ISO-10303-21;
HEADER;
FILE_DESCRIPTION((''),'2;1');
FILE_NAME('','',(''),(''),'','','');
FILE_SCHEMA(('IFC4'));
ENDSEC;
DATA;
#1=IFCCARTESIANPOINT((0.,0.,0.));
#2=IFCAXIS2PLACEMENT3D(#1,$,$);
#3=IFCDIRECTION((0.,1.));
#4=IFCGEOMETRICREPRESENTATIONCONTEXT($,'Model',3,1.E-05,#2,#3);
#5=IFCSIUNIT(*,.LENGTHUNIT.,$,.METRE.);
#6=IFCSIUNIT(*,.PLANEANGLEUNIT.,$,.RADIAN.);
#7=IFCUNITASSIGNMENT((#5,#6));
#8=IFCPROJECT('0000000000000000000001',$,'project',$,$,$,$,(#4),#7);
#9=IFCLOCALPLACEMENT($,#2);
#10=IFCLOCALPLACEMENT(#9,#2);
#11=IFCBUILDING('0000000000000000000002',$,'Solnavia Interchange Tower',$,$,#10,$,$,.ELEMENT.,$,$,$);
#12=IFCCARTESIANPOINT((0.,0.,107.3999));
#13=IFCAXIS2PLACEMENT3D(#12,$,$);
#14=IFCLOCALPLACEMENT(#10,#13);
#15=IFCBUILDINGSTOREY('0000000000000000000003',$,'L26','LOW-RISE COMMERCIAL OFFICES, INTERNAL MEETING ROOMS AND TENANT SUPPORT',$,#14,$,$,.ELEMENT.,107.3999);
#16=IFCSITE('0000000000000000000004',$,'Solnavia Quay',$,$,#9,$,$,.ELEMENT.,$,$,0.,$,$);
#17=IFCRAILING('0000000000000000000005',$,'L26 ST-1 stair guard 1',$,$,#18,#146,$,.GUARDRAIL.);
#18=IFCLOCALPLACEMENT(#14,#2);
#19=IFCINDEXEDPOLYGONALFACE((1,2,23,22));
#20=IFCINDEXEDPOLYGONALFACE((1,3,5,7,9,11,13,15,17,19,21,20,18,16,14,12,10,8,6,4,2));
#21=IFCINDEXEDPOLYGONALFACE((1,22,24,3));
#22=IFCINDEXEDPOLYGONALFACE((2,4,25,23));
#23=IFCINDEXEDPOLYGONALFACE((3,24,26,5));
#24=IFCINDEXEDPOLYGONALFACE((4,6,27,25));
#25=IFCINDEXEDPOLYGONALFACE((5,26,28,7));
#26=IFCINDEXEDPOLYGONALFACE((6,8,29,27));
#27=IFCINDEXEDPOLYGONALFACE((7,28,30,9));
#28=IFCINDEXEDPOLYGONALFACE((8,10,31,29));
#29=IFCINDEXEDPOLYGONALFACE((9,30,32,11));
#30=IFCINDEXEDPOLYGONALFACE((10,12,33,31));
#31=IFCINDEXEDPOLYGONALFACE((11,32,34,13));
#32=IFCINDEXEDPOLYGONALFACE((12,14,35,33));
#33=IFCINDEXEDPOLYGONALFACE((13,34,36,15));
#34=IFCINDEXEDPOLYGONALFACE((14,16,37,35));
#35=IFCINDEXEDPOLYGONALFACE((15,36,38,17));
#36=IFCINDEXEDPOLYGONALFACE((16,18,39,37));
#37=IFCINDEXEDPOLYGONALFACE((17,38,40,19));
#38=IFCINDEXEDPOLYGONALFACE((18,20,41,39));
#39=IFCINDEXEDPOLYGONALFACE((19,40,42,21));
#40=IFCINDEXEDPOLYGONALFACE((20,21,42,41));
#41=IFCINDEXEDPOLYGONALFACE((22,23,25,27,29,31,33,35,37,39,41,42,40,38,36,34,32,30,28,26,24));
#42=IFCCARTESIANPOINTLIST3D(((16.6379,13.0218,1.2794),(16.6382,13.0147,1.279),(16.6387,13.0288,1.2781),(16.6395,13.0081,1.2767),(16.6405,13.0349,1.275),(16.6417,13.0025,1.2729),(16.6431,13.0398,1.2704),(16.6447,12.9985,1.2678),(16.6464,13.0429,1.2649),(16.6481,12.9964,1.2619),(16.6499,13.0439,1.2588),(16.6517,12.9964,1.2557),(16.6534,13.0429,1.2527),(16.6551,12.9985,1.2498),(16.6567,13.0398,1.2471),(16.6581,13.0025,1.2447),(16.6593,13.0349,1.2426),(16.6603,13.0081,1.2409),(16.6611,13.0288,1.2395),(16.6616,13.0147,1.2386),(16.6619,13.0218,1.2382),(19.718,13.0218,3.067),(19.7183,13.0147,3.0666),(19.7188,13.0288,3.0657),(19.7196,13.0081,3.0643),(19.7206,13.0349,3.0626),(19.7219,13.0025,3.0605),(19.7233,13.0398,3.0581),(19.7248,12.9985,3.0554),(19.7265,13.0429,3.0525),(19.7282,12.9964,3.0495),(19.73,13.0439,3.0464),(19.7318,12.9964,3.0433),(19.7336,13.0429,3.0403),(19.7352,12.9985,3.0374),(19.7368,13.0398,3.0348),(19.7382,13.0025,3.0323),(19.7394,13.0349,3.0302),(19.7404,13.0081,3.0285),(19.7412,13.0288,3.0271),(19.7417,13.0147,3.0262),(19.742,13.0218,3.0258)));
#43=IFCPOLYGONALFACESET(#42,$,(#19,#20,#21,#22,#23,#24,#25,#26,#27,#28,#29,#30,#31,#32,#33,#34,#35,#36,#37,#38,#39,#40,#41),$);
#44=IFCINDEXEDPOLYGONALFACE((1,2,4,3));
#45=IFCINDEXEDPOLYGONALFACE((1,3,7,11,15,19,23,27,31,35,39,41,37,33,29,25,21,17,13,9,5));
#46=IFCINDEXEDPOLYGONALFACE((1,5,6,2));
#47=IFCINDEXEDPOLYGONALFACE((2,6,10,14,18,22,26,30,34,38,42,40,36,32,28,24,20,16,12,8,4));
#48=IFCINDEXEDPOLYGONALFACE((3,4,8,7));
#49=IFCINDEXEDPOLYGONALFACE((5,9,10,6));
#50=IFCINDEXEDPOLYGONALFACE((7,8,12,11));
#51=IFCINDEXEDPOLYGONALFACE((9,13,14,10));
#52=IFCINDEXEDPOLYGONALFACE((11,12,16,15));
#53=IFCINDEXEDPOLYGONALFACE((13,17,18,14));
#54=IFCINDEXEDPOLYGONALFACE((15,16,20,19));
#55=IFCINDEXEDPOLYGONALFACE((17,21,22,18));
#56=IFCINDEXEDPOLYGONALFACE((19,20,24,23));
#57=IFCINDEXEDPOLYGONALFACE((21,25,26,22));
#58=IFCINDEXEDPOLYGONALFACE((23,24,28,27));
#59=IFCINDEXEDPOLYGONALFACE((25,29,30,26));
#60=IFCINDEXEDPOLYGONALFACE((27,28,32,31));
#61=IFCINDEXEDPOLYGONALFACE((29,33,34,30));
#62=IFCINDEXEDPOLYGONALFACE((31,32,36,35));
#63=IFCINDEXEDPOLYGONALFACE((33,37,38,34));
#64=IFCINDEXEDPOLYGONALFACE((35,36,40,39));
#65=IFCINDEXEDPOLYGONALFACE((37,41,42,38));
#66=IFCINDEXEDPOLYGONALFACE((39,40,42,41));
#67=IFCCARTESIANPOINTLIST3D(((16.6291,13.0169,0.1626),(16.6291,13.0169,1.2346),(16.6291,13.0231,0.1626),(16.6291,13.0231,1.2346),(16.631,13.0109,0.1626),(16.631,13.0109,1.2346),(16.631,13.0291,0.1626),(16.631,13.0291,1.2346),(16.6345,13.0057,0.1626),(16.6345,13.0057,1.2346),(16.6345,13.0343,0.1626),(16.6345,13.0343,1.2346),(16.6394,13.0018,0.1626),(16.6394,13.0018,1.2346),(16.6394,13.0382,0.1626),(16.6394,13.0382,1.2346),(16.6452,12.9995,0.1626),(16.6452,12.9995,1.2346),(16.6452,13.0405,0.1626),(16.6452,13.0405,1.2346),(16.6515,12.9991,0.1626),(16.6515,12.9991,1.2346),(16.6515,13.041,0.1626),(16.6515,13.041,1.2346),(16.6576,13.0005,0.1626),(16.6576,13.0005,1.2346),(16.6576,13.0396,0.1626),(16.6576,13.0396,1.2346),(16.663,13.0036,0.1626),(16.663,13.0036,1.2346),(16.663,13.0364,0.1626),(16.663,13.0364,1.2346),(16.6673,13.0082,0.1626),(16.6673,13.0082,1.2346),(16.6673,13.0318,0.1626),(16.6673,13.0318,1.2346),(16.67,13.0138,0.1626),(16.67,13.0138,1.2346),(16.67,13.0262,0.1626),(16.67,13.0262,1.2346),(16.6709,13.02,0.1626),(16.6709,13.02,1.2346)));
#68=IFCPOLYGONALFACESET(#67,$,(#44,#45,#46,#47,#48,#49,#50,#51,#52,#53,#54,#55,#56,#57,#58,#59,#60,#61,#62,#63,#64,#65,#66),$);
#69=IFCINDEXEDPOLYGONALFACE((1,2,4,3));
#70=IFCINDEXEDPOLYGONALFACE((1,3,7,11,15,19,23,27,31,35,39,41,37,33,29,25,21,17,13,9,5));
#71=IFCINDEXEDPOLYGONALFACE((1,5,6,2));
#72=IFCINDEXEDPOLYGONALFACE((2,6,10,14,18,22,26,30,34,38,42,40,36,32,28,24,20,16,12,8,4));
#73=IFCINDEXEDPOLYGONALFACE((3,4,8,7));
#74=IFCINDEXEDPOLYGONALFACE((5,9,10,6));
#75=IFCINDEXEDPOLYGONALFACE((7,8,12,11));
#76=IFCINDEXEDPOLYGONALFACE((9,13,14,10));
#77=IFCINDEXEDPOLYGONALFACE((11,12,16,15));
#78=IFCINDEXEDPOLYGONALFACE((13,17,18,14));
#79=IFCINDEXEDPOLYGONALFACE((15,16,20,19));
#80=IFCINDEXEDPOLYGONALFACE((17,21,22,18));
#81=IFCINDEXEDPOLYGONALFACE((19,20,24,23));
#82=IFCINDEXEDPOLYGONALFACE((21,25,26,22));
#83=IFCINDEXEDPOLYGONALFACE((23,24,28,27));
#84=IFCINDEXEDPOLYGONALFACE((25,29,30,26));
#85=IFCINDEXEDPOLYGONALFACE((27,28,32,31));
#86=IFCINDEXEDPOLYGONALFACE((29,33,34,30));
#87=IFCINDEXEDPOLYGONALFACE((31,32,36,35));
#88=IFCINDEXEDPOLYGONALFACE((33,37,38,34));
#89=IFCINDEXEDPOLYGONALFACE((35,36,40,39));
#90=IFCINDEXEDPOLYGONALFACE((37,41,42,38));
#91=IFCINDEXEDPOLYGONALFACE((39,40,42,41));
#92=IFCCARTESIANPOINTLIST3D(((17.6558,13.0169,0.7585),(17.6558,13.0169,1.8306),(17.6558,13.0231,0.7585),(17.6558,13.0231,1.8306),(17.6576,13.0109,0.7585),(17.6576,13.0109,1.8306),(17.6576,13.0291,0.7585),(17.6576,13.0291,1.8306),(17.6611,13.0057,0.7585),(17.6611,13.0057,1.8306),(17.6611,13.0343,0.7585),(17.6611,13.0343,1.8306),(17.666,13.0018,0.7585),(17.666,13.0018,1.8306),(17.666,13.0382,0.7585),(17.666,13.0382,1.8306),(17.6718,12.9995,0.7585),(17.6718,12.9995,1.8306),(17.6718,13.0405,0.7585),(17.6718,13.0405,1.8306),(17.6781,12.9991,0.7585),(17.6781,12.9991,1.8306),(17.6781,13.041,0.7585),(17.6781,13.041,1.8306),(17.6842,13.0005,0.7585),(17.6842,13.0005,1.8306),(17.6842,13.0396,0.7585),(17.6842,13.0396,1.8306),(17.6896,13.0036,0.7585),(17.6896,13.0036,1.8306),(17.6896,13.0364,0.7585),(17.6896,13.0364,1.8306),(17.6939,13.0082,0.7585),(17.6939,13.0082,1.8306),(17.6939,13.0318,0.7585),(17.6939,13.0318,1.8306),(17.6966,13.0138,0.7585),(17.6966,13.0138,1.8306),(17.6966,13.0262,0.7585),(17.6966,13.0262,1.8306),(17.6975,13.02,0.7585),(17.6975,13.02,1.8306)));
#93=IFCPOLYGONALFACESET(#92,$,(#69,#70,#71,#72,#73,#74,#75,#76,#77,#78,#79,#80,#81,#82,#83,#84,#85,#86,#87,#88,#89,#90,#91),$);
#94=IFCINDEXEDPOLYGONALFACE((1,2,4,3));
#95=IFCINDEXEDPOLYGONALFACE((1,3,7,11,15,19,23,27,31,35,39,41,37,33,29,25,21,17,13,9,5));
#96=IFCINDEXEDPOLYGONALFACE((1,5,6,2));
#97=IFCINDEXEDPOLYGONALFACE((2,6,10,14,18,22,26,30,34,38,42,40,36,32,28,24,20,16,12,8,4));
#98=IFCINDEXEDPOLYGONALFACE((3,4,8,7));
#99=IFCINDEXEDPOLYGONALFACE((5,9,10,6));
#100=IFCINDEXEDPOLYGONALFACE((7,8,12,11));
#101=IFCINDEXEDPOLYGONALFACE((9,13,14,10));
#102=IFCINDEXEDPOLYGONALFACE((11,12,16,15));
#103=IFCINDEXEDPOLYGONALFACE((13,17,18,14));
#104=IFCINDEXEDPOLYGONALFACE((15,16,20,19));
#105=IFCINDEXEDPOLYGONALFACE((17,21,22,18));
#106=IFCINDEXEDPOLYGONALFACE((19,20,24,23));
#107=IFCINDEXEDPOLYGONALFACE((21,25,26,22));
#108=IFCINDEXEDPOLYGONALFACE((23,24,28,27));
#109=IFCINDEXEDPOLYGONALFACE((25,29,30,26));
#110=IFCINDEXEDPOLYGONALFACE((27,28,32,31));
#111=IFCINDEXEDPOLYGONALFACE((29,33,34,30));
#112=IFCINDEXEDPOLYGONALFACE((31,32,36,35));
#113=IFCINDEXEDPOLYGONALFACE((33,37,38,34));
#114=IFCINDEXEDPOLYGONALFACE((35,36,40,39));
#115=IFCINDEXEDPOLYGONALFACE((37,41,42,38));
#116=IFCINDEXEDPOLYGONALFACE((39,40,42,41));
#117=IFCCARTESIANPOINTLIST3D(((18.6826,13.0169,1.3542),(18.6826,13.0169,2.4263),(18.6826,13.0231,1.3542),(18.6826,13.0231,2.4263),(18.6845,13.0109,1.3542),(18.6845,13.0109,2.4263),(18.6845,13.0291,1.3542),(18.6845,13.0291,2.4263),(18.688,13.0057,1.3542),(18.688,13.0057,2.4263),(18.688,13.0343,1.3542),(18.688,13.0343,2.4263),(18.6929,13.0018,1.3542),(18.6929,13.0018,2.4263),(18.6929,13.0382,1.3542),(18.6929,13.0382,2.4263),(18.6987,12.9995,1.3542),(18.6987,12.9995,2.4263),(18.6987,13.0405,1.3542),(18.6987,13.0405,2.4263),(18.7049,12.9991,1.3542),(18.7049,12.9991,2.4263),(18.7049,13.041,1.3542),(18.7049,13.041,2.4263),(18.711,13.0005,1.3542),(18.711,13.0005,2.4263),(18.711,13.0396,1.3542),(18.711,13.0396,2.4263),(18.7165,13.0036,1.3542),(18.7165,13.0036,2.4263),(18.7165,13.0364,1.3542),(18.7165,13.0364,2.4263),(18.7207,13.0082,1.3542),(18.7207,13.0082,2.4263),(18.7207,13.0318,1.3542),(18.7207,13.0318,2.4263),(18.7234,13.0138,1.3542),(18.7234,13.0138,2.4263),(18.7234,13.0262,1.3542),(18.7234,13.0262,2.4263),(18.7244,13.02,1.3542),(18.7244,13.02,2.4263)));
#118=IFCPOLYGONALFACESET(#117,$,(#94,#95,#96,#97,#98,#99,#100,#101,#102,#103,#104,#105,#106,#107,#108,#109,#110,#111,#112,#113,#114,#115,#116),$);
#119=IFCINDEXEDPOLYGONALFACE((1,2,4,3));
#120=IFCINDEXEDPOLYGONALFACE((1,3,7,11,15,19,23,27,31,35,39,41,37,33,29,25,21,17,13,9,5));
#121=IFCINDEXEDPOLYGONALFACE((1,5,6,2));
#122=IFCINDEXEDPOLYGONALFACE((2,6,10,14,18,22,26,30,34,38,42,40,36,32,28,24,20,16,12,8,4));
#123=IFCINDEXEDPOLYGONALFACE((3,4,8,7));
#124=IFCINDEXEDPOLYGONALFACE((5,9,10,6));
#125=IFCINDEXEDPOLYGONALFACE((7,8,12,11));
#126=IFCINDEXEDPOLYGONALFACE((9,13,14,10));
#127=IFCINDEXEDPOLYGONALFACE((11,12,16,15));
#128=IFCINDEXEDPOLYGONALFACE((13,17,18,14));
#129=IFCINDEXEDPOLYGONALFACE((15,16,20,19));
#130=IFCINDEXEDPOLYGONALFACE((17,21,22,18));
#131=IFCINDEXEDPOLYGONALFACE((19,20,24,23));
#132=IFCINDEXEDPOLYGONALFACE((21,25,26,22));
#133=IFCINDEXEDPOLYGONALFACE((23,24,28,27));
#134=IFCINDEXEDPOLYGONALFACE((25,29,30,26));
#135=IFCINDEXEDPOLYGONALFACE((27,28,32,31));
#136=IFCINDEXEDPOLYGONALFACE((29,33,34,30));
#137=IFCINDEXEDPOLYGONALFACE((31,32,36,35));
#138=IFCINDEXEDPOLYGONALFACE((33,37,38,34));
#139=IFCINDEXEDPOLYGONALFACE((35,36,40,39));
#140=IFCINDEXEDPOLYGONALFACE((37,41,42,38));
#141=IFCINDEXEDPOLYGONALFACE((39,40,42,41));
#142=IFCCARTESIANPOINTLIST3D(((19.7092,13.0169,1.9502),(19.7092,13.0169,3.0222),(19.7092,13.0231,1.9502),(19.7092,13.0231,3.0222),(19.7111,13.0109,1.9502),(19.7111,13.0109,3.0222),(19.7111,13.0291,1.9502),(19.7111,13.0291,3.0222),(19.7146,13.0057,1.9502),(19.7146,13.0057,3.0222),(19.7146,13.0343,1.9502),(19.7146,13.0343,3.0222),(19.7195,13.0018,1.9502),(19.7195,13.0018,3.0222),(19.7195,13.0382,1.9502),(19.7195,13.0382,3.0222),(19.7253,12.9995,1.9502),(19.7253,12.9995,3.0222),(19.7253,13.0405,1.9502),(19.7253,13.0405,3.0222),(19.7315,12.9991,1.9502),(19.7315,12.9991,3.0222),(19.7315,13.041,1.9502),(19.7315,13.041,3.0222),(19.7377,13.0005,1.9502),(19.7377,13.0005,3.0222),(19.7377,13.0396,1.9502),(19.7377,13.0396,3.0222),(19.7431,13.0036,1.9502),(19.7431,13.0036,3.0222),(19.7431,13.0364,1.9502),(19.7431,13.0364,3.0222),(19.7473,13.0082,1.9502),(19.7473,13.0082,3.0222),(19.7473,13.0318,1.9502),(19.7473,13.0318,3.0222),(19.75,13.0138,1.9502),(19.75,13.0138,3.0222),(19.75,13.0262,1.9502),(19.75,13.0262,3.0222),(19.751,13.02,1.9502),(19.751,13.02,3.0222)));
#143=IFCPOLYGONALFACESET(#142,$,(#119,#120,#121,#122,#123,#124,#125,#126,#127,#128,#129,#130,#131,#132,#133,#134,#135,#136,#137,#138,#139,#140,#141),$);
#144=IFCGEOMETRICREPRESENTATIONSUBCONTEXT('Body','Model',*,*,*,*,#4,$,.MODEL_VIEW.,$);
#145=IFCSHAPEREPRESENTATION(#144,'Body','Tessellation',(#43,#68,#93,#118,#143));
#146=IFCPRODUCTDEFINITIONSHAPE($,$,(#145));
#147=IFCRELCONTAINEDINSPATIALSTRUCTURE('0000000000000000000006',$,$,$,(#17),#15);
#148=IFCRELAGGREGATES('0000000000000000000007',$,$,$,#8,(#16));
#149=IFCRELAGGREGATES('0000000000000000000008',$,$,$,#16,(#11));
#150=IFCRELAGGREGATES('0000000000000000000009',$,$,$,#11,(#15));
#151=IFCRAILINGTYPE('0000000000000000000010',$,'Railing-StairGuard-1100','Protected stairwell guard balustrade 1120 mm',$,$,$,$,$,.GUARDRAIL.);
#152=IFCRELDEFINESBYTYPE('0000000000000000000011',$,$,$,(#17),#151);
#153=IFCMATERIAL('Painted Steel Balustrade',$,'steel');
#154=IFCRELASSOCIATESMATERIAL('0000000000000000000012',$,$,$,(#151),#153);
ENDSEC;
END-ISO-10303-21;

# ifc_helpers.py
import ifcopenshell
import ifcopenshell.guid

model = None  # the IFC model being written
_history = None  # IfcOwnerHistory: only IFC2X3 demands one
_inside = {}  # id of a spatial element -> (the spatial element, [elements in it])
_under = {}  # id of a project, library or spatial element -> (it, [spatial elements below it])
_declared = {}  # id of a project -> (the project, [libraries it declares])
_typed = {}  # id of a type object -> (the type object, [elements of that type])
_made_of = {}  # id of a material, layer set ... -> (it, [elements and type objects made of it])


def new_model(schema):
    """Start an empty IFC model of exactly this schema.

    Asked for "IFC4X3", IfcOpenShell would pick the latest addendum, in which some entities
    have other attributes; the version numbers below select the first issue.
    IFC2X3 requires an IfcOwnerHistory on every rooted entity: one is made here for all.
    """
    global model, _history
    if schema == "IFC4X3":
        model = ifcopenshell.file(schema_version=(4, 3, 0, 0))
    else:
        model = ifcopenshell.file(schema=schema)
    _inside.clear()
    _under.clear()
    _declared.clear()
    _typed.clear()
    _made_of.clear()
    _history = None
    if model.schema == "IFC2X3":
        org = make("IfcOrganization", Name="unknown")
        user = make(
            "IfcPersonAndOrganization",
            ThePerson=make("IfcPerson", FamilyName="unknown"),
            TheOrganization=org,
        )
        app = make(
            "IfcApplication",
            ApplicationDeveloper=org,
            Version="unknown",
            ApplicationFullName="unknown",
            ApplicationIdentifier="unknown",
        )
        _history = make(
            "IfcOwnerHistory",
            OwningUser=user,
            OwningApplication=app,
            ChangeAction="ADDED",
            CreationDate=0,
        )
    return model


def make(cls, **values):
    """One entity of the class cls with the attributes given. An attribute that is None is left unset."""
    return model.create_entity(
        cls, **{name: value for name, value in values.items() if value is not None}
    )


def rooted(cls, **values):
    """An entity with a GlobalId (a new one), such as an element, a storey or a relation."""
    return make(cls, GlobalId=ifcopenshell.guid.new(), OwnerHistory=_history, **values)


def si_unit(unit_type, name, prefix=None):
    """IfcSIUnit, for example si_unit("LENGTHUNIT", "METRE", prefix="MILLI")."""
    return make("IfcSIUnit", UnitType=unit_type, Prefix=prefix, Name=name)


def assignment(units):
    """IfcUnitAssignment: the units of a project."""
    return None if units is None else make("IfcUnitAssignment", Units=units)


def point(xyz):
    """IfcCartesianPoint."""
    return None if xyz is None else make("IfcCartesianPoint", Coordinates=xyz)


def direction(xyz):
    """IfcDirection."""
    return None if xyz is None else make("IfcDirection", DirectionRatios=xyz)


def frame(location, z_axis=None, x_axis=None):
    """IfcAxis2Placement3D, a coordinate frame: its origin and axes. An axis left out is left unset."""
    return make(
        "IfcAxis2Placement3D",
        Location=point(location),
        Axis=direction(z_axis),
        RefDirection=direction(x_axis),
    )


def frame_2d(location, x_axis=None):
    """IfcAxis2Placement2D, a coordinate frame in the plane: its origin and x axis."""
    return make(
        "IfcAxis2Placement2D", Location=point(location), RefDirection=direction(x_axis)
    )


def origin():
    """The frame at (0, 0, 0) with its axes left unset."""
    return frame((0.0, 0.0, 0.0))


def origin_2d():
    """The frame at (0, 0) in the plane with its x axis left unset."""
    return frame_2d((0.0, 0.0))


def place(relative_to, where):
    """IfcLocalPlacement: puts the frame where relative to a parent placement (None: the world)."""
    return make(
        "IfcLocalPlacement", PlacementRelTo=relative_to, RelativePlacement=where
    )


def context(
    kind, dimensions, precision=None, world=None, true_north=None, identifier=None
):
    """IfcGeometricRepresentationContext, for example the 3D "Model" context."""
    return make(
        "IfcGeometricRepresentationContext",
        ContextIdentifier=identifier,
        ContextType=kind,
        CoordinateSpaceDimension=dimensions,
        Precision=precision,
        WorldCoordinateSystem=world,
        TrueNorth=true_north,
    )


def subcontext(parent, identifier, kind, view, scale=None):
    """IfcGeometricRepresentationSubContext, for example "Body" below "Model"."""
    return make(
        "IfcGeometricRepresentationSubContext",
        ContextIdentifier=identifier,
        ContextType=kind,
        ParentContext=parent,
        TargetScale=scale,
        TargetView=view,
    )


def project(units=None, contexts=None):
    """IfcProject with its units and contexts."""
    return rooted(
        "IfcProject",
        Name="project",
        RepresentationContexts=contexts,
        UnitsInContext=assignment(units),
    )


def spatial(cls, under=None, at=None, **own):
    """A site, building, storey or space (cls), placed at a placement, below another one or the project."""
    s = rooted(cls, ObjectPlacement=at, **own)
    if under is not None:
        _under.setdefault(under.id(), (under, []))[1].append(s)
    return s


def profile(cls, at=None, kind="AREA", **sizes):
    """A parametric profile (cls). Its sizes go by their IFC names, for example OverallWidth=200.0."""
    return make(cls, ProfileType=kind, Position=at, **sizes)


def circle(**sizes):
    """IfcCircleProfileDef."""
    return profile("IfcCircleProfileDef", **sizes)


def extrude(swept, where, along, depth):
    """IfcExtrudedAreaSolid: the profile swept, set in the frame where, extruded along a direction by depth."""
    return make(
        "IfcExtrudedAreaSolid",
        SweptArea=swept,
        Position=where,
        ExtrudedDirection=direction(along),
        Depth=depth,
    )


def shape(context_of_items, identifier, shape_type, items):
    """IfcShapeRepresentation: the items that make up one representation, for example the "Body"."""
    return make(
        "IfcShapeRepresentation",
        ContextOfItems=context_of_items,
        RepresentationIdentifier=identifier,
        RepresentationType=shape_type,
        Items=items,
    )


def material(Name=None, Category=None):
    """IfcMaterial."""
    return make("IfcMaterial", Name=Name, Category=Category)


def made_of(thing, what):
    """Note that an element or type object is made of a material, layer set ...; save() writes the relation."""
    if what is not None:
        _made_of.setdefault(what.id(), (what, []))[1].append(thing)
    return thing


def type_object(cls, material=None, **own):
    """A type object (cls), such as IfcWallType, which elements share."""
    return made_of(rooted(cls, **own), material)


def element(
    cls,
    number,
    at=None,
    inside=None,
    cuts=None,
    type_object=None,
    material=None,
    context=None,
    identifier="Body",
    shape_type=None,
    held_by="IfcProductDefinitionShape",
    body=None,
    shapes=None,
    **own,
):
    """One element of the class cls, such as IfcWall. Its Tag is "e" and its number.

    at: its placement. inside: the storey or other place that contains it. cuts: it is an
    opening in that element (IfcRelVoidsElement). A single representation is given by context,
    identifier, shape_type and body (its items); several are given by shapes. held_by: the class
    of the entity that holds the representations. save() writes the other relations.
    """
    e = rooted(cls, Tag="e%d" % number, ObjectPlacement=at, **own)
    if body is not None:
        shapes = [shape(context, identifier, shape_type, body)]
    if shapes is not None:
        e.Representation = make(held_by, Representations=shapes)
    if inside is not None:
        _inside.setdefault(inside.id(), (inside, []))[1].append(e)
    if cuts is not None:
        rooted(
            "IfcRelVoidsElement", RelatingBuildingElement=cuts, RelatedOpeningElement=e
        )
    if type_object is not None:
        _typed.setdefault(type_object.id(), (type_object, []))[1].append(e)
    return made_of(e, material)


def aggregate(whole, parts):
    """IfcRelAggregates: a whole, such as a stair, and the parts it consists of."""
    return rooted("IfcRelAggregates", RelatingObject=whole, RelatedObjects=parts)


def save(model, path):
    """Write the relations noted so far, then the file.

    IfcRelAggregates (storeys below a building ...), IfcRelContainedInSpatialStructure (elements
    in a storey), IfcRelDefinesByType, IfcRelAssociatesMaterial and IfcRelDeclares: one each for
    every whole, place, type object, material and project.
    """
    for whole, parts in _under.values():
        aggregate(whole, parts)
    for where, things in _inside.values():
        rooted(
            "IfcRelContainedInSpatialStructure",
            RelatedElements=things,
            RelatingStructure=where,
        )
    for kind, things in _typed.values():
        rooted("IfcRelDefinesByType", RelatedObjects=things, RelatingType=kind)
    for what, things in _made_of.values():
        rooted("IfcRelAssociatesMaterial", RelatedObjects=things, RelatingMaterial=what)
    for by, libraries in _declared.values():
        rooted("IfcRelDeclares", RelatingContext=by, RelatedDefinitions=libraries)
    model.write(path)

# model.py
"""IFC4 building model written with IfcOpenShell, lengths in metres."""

from ifc_helpers import new_model, si_unit, direction, frame, origin, origin_2d, place, context, subcontext, project, spatial, circle, extrude, material, type_object, element, save


model = new_model("IFC4")

# Units and contexts
model_context = context("Model", 3, precision=1e-05, world=origin(), true_north=direction((0.0, 1.0)))
body_context = subcontext(model_context, "Body", "Model", "MODEL_VIEW")
ifc_project = project(units=[si_unit("LENGTHUNIT", "METRE"), si_unit("PLANEANGLEUNIT", "RADIAN")], contexts=[model_context])

# Site, building, storey
site_placement = place(None, origin())
site = spatial("IfcSite", under=ifc_project, at=site_placement, Name="Solnavia Quay", CompositionType="ELEMENT", RefElevation=0.0)
building_placement = place(site_placement, origin())
building = spatial("IfcBuilding", under=site, at=building_placement, Name="Solnavia Interchange Tower", CompositionType="ELEMENT")
storey_placement = place(building_placement, frame((0.0, 0.0, 107.3999)))
storey = spatial("IfcBuildingStorey", under=building, at=storey_placement, Name="L26", Description="LOW-RISE COMMERCIAL OFFICES, INTERNAL MEETING ROOMS AND TENANT SUPPORT", CompositionType="ELEMENT", Elevation=107.3999)

# Railing
ifc_material_1 = material(Name="Painted Steel Balustrade", Category="steel")
railing_type_1 = type_object("IfcRailingType", Name="Railing-StairGuard-1100", Description="Protected stairwell guard balustrade 1120 mm", PredefinedType="GUARDRAIL", material=ifc_material_1)
railing_1_placement = place(storey_placement, frame((16.6499, 13.02, 0.1626)))
element("IfcRailing", 1, at=railing_1_placement, inside=storey, type_object=railing_type_1, Name="L26 ST-1 stair guard 1", PredefinedType="GUARDRAIL", context=body_context, shape_type="SweptSolid", body=[
    extrude(circle(Radius=0.0239, at=origin_2d()), frame((0.0, 0.0, 1.0962), z_axis=(0.864891, 0.0, 0.50196), x_axis=(0.0, 1.0, 0.0)), (0.0, 0.0, 1.0), 3.5613),
    extrude(circle(Radius=0.021, at=origin_2d()), origin(), (0.0, 0.0, 1.0), 1.072),
    extrude(circle(Radius=0.021, at=origin_2d()), frame((1.0266, 0.0, 0.5959)), (0.0, 0.0, 1.0), 1.072),
    extrude(circle(Radius=0.021, at=origin_2d()), frame((2.0535, 0.0, 1.1917)), (0.0, 0.0, 1.0), 1.072),
    extrude(circle(Radius=0.021, at=origin_2d()), frame((3.0801, 0.0, 1.7876)), (0.0, 0.0, 1.0), 1.072),
])

save(model, "model.ifc")
